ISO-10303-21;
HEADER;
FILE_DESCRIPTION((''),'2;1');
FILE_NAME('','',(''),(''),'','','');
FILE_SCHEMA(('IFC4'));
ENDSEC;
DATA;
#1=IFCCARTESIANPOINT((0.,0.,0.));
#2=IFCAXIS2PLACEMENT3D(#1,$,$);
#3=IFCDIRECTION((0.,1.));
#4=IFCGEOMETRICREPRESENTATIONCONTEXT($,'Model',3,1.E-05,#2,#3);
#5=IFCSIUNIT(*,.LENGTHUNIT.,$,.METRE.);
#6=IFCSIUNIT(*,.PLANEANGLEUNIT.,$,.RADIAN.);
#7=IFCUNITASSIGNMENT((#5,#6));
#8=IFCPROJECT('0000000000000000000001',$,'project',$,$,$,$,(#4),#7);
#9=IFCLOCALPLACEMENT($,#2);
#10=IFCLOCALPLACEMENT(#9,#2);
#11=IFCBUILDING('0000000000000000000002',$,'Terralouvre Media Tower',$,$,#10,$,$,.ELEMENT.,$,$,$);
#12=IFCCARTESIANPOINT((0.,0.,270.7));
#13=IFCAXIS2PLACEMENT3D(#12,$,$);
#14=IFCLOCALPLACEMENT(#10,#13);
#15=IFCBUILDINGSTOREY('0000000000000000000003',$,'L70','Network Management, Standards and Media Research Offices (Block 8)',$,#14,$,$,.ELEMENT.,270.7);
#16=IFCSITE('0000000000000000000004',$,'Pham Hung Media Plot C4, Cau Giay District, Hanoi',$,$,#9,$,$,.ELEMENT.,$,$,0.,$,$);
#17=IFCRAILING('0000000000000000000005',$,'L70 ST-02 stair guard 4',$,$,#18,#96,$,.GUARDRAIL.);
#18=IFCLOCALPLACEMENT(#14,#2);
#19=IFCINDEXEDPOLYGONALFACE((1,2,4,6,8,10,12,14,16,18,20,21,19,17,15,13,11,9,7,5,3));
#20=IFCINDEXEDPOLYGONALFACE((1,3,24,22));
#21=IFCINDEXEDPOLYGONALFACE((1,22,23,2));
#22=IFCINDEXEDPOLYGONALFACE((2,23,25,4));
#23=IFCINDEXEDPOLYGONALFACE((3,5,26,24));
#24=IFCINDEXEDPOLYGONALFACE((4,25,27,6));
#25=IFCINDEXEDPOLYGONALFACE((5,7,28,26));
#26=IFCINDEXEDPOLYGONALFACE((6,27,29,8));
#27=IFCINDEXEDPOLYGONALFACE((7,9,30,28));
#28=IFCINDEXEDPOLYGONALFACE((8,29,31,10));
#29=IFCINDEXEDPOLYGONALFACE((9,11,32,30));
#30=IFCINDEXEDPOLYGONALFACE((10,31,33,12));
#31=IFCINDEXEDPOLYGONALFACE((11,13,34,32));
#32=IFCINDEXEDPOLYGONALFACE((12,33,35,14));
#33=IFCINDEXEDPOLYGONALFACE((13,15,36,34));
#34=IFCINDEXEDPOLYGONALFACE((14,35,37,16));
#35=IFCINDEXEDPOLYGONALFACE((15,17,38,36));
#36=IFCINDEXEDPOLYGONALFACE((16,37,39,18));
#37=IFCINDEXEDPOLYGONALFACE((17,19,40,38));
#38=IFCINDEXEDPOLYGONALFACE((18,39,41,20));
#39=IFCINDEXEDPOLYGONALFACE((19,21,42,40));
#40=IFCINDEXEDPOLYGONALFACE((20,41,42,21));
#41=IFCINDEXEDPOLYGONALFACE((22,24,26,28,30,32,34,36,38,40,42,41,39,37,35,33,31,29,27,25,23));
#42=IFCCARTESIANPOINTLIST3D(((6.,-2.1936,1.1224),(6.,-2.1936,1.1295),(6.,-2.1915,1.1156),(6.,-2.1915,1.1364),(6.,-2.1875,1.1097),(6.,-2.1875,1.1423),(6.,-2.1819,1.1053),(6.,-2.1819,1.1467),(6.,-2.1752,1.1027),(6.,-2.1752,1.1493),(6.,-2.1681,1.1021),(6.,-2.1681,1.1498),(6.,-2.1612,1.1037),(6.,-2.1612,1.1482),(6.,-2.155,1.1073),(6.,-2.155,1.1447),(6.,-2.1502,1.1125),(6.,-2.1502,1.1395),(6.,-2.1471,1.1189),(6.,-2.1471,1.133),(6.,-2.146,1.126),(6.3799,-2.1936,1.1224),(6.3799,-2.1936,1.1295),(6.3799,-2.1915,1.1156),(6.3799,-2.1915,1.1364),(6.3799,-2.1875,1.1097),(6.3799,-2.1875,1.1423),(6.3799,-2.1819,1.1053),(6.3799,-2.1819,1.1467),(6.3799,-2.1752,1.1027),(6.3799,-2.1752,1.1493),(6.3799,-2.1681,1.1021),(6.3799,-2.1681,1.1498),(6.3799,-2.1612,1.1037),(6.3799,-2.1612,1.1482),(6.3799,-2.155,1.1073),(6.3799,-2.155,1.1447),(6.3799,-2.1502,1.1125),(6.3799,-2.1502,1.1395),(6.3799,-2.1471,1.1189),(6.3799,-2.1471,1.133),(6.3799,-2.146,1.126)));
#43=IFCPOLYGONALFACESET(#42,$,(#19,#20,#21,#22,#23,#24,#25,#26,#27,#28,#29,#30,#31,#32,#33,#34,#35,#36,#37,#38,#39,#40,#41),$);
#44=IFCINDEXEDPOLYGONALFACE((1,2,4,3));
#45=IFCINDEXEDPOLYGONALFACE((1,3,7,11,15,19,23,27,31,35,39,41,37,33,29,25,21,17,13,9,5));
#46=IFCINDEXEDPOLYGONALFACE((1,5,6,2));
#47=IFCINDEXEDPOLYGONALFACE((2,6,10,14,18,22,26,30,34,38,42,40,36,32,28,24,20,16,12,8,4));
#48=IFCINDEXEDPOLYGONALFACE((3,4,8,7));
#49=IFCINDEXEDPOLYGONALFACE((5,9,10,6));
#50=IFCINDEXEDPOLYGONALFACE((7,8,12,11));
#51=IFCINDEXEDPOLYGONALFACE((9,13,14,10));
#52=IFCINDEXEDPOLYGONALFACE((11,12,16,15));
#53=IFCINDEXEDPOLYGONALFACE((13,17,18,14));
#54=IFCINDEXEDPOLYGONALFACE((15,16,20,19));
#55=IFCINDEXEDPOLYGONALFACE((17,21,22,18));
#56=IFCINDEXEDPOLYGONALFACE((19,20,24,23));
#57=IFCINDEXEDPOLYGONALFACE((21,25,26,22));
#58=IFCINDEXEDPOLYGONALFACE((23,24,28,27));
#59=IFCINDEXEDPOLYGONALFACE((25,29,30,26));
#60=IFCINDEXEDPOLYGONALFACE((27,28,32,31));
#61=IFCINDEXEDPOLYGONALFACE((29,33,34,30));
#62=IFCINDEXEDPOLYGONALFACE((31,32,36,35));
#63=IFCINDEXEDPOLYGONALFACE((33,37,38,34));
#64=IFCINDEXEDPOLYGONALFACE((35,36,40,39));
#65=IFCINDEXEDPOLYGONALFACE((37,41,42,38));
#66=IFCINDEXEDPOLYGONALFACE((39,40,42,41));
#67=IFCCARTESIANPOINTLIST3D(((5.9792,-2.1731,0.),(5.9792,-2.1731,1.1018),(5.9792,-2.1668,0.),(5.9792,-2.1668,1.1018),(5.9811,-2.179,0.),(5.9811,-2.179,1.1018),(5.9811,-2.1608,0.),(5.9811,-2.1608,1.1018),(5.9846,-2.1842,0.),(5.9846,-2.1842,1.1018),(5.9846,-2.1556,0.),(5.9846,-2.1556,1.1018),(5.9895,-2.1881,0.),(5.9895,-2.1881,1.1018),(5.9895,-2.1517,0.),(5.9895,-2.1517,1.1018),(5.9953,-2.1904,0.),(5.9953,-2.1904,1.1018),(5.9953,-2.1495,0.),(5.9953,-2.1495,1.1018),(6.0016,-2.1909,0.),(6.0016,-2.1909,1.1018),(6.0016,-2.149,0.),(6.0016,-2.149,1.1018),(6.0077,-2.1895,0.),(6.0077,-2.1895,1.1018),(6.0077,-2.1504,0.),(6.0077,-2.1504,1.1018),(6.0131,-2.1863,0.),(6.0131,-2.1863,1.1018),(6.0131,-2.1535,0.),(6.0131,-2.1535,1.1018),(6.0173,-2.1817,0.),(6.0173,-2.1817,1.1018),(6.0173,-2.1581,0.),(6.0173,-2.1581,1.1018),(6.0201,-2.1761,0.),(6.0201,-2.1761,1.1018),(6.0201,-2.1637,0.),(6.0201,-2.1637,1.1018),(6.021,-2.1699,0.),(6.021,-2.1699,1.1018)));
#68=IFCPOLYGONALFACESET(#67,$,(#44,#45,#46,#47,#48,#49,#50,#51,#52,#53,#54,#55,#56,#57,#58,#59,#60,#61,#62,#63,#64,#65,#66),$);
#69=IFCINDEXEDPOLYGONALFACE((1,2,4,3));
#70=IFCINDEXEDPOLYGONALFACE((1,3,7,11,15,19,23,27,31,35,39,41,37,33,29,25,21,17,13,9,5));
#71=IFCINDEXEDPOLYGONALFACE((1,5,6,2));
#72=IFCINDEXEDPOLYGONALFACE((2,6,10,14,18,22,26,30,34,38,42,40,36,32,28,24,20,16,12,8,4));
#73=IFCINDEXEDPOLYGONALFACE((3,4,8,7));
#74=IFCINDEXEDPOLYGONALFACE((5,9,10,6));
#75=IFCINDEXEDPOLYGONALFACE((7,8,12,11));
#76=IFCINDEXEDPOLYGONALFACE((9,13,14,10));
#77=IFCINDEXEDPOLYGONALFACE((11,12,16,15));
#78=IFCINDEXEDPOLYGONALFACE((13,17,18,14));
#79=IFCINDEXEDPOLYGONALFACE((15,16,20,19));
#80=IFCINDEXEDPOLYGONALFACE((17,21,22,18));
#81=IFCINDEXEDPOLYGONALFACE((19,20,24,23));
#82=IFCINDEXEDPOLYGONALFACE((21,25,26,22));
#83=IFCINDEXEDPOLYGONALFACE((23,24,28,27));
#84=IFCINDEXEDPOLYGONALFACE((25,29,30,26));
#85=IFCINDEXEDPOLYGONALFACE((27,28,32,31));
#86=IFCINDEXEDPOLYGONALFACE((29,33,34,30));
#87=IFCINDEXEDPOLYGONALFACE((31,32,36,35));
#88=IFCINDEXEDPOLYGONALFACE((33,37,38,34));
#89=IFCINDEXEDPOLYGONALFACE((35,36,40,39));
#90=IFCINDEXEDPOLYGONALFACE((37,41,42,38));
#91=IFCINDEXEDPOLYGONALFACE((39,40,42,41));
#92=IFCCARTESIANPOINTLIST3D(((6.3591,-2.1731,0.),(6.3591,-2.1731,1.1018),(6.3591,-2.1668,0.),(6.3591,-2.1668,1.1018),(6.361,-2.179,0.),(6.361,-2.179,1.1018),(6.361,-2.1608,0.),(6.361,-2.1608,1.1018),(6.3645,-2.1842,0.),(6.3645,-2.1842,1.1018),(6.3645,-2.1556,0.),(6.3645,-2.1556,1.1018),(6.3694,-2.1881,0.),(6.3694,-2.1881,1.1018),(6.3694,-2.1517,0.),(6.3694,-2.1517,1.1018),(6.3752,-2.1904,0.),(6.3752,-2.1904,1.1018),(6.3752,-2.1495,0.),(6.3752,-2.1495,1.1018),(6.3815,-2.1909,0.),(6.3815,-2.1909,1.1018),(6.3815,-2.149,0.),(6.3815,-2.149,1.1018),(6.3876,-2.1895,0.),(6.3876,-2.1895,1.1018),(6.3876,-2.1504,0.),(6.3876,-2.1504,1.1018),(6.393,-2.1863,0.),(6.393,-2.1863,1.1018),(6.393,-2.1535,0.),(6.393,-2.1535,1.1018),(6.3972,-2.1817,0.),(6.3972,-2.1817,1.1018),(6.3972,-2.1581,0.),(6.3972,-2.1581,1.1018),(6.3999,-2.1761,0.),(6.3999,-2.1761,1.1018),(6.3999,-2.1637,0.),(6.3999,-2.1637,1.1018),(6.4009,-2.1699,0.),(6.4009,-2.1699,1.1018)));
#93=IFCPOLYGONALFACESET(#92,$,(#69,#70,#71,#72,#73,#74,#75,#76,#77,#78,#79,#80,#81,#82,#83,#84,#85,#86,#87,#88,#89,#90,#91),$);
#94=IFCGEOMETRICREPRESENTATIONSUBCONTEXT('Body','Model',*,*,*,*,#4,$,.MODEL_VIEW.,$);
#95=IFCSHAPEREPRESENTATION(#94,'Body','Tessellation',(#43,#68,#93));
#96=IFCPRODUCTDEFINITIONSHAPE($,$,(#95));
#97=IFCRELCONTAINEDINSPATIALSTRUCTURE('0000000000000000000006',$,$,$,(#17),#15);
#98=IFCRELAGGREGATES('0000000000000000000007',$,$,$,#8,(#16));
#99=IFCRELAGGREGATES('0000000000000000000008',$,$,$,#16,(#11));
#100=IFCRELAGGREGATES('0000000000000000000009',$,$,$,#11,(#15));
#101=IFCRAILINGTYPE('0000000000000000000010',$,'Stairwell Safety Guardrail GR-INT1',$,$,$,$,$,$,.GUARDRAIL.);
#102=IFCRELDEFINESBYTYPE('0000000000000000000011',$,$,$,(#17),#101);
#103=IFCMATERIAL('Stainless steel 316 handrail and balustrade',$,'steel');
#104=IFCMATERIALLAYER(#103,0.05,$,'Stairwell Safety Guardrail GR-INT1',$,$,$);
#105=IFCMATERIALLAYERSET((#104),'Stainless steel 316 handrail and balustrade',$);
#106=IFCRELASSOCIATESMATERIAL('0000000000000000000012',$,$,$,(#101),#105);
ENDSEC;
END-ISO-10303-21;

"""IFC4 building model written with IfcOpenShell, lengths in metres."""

from ifc_helpers import new_model, si_unit, direction, frame, origin, origin_2d, place, context, subcontext, project, spatial, circle, extrude, material, layer, layer_set, type_object, element, save


model = new_model("IFC4")

# Units and contexts
model_context = context("Model", 3, precision=1e-05, world=origin(), true_north=direction((0.0, 1.0)))
body_context = subcontext(model_context, "Body", "Model", "MODEL_VIEW")
ifc_project = project(units=[si_unit("LENGTHUNIT", "METRE"), si_unit("PLANEANGLEUNIT", "RADIAN")], contexts=[model_context])

# Site, building, storey
site_placement = place(None, origin())
site = spatial("IfcSite", under=ifc_project, at=site_placement, Name="Pham Hung Media Plot C4, Cau Giay District, Hanoi", CompositionType="ELEMENT", RefElevation=0.0)
building_placement = place(site_placement, origin())
building = spatial("IfcBuilding", under=site, at=building_placement, Name="Terralouvre Media Tower", CompositionType="ELEMENT")
storey_placement = place(building_placement, frame((0.0, 0.0, 270.7)))
storey = spatial("IfcBuildingStorey", under=building, at=storey_placement, Name="L70", Description="Network Management, Standards and Media Research Offices (Block 8)", CompositionType="ELEMENT", Elevation=270.7)

# Railing
ifc_material_1 = material(Name="Stainless steel 316 handrail and balustrade", Category="steel")
ifc_layer_1 = layer(ifc_material_1, 0.05, Name="Stairwell Safety Guardrail GR-INT1")
ifc_layer_set_1 = layer_set([ifc_layer_1], Name="Stainless steel 316 handrail and balustrade")
railing_type_1 = type_object("IfcRailingType", Name="Stairwell Safety Guardrail GR-INT1", PredefinedType="GUARDRAIL", material=ifc_layer_set_1)
railing_1_placement = place(storey_placement, frame((6.0, -2.1699, 0.0)))
element("IfcRailing", 1, at=railing_1_placement, inside=storey, type_object=railing_type_1, Name="L70 ST-02 stair guard 4", PredefinedType="GUARDRAIL", context=body_context, shape_type="SweptSolid", body=[
    extrude(circle(Radius=0.0239, at=origin_2d()), frame((0.0, 0.0, 1.126), z_axis=(1.0, 0.0, 0.0), x_axis=(0.0, 1.0, 0.0)), (0.0, 0.0, 1.0), 0.3799),
    extrude(circle(Radius=0.021, at=origin_2d()), origin(), (0.0, 0.0, 1.0), 1.1018),
    extrude(circle(Radius=0.021, at=origin_2d()), frame((0.3799, 0.0, 0.0)), (0.0, 0.0, 1.0), 1.1018),
])

save(model, "model.ifc")
